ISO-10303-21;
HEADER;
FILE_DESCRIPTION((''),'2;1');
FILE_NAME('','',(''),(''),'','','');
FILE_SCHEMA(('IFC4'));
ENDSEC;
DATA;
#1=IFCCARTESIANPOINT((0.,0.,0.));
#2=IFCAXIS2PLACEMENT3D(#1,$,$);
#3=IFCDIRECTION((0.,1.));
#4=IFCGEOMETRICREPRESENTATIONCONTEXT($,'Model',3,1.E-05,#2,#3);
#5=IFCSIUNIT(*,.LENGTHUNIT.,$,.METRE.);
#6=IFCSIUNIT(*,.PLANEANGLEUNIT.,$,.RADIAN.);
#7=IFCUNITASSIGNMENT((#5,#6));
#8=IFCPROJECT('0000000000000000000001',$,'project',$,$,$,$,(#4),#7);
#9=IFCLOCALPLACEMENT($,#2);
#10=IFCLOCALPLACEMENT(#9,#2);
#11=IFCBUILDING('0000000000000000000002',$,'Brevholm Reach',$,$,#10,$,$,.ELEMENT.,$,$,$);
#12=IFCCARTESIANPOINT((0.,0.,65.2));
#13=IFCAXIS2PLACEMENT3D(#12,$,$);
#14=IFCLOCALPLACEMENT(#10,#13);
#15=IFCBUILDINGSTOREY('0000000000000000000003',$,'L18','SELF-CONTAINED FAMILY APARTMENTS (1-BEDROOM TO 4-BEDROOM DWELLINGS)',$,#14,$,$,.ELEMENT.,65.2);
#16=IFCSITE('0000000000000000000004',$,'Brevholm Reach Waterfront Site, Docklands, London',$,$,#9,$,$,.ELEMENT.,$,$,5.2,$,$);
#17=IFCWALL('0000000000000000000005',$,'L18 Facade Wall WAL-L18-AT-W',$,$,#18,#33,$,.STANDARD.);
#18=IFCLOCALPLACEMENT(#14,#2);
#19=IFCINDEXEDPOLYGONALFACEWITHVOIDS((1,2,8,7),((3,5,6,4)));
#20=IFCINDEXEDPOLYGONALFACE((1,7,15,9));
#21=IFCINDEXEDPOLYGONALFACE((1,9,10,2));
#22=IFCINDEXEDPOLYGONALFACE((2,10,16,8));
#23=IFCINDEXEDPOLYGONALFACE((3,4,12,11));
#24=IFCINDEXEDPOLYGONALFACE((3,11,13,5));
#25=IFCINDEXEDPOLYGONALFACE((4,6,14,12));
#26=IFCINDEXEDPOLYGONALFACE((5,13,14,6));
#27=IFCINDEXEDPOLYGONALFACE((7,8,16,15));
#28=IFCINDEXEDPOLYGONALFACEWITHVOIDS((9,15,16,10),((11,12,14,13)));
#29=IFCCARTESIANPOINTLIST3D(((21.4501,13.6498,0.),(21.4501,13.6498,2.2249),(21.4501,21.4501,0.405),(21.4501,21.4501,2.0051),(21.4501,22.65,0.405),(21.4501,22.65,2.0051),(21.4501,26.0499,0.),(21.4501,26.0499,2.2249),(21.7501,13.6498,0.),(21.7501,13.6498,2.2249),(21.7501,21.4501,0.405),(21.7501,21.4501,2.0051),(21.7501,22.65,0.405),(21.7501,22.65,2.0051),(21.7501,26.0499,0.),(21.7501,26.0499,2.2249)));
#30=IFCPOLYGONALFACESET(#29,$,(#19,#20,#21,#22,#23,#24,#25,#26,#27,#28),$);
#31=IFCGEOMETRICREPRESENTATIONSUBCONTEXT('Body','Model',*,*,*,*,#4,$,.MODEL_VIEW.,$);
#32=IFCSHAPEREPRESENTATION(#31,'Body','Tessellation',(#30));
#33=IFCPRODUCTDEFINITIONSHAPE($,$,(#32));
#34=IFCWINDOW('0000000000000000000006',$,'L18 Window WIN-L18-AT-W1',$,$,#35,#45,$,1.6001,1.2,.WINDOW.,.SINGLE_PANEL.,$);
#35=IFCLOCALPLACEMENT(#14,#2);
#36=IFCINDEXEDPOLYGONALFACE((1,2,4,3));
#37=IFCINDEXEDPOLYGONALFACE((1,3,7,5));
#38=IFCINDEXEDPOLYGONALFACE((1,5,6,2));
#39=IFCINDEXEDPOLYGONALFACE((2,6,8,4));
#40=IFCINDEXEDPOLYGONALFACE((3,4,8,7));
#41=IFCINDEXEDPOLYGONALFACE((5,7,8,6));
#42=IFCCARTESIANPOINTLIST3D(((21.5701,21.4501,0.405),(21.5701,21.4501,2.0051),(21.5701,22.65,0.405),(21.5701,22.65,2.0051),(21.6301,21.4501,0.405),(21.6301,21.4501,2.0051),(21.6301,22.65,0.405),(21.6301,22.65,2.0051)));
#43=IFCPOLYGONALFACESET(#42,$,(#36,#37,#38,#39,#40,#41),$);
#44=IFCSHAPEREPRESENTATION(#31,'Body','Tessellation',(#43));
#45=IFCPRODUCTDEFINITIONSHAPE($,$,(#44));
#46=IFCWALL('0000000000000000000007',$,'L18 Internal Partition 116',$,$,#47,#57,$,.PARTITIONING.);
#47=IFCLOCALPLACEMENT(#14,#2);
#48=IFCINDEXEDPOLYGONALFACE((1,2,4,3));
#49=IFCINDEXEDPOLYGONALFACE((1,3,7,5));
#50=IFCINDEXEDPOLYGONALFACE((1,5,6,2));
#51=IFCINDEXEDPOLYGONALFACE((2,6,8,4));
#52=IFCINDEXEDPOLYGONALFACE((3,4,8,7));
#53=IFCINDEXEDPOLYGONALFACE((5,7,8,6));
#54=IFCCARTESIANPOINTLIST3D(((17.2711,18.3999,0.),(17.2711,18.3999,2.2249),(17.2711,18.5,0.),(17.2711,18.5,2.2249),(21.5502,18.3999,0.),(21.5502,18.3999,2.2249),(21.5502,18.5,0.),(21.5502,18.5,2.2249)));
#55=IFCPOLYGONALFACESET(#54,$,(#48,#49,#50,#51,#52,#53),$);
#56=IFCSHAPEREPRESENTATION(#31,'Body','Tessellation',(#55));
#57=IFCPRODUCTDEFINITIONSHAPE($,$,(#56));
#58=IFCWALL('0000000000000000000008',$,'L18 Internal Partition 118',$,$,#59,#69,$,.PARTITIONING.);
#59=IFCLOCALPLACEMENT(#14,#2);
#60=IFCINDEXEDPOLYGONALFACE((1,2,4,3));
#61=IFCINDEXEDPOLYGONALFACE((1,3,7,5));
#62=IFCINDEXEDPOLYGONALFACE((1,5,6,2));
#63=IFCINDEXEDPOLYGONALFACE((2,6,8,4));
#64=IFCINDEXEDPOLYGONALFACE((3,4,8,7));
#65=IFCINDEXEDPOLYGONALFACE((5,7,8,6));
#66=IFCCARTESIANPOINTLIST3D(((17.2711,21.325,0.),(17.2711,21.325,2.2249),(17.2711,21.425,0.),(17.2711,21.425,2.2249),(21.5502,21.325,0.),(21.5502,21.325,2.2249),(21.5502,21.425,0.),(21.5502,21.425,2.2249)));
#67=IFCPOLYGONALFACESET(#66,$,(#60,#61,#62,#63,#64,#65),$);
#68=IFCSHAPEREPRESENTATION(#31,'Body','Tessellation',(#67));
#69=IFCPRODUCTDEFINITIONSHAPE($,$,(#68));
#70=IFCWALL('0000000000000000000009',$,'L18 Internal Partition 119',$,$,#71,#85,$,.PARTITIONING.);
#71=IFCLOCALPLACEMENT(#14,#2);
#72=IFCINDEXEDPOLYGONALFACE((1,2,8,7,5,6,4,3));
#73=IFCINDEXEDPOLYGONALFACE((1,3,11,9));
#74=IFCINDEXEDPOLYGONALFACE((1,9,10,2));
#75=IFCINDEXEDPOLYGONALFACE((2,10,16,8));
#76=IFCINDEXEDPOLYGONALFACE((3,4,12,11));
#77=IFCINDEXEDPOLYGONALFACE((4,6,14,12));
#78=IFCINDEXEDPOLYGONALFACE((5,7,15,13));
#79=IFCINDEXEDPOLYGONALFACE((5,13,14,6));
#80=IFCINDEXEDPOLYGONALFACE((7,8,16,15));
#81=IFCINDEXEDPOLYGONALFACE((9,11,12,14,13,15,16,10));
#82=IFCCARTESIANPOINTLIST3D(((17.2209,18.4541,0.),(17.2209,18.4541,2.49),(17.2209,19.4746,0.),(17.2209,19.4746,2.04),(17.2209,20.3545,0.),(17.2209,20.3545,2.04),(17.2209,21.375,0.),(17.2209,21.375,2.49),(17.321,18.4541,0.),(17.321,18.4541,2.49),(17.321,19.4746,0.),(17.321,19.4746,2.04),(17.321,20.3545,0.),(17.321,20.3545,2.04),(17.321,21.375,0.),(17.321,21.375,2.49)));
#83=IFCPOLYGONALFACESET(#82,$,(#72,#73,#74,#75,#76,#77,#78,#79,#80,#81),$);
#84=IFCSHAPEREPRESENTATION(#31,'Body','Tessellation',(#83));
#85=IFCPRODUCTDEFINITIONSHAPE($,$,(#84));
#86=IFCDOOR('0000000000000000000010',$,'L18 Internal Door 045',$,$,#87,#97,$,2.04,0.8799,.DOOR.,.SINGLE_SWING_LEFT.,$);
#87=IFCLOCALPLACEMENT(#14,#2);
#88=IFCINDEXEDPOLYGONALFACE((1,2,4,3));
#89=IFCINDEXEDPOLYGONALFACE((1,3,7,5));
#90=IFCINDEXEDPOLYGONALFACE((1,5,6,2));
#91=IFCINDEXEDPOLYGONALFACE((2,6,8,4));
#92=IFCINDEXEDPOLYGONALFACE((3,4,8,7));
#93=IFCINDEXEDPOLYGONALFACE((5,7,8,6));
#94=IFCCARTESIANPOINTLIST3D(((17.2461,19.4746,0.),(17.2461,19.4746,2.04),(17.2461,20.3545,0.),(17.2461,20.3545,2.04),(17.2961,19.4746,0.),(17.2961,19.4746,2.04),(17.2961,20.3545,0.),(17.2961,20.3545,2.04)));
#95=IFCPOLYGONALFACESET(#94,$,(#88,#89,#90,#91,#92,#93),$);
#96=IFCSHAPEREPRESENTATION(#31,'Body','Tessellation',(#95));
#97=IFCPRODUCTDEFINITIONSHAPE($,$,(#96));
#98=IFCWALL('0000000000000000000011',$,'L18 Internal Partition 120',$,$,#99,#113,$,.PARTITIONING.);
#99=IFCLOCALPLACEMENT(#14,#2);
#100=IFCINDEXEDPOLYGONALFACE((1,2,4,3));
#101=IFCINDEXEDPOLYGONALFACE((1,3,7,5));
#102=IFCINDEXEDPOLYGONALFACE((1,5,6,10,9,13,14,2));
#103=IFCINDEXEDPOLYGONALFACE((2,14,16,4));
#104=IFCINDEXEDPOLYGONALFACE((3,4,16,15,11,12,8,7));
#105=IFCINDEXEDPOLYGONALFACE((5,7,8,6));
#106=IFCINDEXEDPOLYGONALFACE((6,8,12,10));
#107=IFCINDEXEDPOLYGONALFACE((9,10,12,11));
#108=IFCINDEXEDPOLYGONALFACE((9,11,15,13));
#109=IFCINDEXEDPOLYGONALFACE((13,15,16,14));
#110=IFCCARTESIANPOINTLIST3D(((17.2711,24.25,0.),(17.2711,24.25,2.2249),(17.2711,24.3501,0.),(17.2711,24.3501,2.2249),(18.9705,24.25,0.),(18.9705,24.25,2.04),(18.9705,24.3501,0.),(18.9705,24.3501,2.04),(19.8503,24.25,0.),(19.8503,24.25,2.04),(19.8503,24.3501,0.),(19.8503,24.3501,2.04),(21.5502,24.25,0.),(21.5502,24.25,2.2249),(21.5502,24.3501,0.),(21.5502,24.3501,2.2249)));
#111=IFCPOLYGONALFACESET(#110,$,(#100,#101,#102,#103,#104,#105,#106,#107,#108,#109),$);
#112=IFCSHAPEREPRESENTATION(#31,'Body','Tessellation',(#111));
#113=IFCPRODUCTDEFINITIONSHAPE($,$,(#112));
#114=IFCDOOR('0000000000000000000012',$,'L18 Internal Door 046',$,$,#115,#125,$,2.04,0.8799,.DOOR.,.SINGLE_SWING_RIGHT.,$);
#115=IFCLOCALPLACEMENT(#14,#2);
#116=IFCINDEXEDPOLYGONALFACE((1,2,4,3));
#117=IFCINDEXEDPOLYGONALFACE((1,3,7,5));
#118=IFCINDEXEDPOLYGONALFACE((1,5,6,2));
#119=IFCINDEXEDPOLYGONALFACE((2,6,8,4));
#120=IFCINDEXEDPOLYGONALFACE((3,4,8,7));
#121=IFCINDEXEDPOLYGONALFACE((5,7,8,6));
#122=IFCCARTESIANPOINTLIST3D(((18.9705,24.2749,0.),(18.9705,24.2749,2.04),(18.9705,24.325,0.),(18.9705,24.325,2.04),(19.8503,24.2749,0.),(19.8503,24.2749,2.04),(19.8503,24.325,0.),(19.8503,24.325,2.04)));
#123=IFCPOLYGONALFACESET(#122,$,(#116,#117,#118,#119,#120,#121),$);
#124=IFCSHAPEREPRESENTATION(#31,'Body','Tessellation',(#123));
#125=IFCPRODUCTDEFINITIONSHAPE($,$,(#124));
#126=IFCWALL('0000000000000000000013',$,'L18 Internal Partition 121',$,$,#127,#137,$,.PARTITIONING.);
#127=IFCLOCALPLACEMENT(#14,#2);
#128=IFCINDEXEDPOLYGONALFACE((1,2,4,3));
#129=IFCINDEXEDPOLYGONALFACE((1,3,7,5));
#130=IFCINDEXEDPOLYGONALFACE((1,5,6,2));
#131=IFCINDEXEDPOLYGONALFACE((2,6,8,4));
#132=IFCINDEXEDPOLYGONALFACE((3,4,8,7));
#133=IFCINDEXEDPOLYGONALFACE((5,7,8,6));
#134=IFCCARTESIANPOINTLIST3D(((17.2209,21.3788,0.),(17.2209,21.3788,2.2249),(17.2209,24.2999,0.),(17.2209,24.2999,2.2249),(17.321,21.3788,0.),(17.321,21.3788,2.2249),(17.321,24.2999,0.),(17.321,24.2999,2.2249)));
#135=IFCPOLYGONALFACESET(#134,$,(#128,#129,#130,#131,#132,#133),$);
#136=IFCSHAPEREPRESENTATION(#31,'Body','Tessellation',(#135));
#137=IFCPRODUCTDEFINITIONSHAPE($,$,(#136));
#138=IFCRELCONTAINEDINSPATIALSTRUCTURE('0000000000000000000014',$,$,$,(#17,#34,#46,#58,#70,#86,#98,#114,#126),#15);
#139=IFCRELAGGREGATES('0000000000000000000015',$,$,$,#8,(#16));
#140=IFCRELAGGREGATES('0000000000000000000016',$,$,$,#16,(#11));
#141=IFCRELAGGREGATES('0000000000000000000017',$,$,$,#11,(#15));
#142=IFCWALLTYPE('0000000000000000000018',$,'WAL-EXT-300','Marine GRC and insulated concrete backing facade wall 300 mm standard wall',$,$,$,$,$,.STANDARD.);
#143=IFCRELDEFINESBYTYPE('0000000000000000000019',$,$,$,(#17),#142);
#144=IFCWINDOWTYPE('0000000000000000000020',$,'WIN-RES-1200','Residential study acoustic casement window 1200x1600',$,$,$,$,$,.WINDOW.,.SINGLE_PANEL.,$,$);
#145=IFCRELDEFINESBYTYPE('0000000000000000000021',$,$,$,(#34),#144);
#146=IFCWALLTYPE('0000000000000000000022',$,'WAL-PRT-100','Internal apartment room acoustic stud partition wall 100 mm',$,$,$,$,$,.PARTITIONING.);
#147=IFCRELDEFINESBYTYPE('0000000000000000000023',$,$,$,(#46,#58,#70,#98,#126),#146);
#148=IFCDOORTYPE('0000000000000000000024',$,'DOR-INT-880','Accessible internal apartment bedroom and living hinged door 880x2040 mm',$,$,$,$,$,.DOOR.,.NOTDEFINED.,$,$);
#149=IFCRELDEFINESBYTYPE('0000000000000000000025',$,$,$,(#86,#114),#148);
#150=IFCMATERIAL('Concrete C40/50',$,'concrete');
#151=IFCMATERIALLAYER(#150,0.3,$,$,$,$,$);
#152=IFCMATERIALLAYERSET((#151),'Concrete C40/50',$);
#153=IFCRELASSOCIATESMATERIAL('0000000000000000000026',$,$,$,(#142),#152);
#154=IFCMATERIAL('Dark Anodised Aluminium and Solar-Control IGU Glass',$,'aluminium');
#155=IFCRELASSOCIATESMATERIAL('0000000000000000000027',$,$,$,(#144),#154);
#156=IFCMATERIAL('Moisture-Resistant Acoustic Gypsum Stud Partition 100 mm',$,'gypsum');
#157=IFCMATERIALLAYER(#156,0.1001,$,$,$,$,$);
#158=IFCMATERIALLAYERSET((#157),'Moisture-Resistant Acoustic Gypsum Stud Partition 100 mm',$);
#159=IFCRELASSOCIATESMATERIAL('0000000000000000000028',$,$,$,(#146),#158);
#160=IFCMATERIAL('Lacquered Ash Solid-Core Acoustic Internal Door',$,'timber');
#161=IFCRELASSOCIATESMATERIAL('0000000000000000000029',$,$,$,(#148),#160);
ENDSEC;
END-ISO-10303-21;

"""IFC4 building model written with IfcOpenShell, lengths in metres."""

from ifc_helpers import new_model, si_unit, direction, frame, frame_2d, origin, place, context, subcontext, project, spatial, rectangle, extrude, material, layer, layer_set, type_object, element, fill, save


model = new_model("IFC4")

# Units and contexts
model_context = context("Model", 3, precision=1e-05, world=origin(), true_north=direction((0.0, 1.0)))
body_context = subcontext(model_context, "Body", "Model", "MODEL_VIEW")
ifc_project = project(units=[si_unit("LENGTHUNIT", "METRE"), si_unit("PLANEANGLEUNIT", "RADIAN")], contexts=[model_context])

# Site, building, storey
site_placement = place(None, origin())
site = spatial("IfcSite", under=ifc_project, at=site_placement, Name="Brevholm Reach Waterfront Site, Docklands, London", CompositionType="ELEMENT", RefElevation=5.2)
building_placement = place(site_placement, origin())
building = spatial("IfcBuilding", under=site, at=building_placement, Name="Brevholm Reach", CompositionType="ELEMENT")
storey_placement = place(building_placement, frame((0.0, 0.0, 65.2)))
storey = spatial("IfcBuildingStorey", under=building, at=storey_placement, Name="L18", Description="SELF-CONTAINED FAMILY APARTMENTS (1-BEDROOM TO 4-BEDROOM DWELLINGS)", CompositionType="ELEMENT", Elevation=65.2)

# Wall, opening, window
ifc_material_1 = material(Name="Concrete C40/50", Category="concrete")
ifc_layer_1 = layer(ifc_material_1, 0.3)
ifc_layer_set_1 = layer_set([ifc_layer_1], Name="Concrete C40/50")
wall_type_1 = type_object("IfcWallType", Name="WAL-EXT-300", Description="Marine GRC and insulated concrete backing facade wall 300 mm standard wall", PredefinedType="STANDARD", material=ifc_layer_set_1)
wall_1_placement = place(storey_placement, frame((21.6001, 26.05, 0.0), z_axis=(0.0, 0.0, 1.0), x_axis=(0.0, -1.0, 0.0)))
wall_1 = element("IfcWall", 1, at=wall_1_placement, inside=storey, type_object=wall_type_1, Name="L18 Facade Wall WAL-L18-AT-W", PredefinedType="STANDARD", context=body_context, shape_type="SweptSolid", body=[
    extrude(rectangle(XDim=12.4001, YDim=0.3, at=frame_2d((6.2002, 0.0))), origin(), (0.0, 0.0, 1.0), 2.2249),
])
opening_1_placement = place(wall_1_placement, frame((3.3999, 0.0, 0.405)))
opening_1 = element("IfcOpeningElement", 2, at=opening_1_placement, cuts=wall_1, PredefinedType="OPENING", context=body_context, shape_type="SweptSolid", body=[
    extrude(rectangle(XDim=1.2, YDim=1.6001, at=frame_2d((0.6001, 0.8))), frame((0.0, 0.1599, 0.0), z_axis=(0.0, -1.0, 0.0), x_axis=(1.0, 0.0, 0.0)), (0.0, 0.0, 1.0), 0.3201),
])
ifc_material_2 = material(Name="Dark Anodised Aluminium and Solar-Control IGU Glass", Category="aluminium")
window_type = type_object("IfcWindowType", Name="WIN-RES-1200", Description="Residential study acoustic casement window 1200x1600", PartitioningType="SINGLE_PANEL", PredefinedType="WINDOW", material=ifc_material_2)
window_placement = place(opening_1_placement, origin())
window = element("IfcWindow", 3, at=window_placement, inside=storey, type_object=window_type, Name="L18 Window WIN-L18-AT-W1", OverallHeight=1.6001, OverallWidth=1.2, PartitioningType="SINGLE_PANEL", PredefinedType="WINDOW", context=body_context, shape_type="SweptSolid", body=[
    extrude(rectangle(XDim=1.2, YDim=1.6001, at=frame_2d((0.6001, 0.8))), frame((0.0, 0.03, 0.0), z_axis=(0.0, -1.0, 0.0), x_axis=(1.0, 0.0, 0.0)), (0.0, 0.0, 1.0), 0.0601),
])
fill(opening_1, window)

# Walls
ifc_material_3 = material(Name="Moisture-Resistant Acoustic Gypsum Stud Partition 100 mm", Category="gypsum")
ifc_layer_2 = layer(ifc_material_3, 0.1001)
ifc_layer_set_2 = layer_set([ifc_layer_2], Name="Moisture-Resistant Acoustic Gypsum Stud Partition 100 mm")
wall_type_2 = type_object("IfcWallType", Name="WAL-PRT-100", Description="Internal apartment room acoustic stud partition wall 100 mm", PredefinedType="PARTITIONING", material=ifc_layer_set_2)
for number, where, z_axis, x_axis, name in (
    (4, (17.271, 18.45, 0.0), (0.0, 0.0, 1.0), (1.0, 0.0, 0.0), "L18 Internal Partition 116"),
    (5, (17.271, 21.375, 0.0), (0.0, 0.0, 1.0), (1.0, 0.0, 0.0), "L18 Internal Partition 118"),
):
    element("IfcWall", number, at=place(storey_placement, frame(where, z_axis=z_axis, x_axis=x_axis)), inside=storey, type_object=wall_type_2, Name=name, PredefinedType="PARTITIONING", context=body_context, shape_type="SweptSolid", body=[
        extrude(rectangle(XDim=4.2791, YDim=0.1001, at=frame_2d((2.1396, 0.0))), origin(), (0.0, 0.0, 1.0), 2.2249),
    ])

# Walls, openings, doors
wall_2_placement = place(storey_placement, frame((17.271, 18.4541, 0.0), z_axis=(0.0, 0.0, 1.0), x_axis=(0.0, 1.0, 0.0)))
wall_2 = element("IfcWall", 6, at=wall_2_placement, inside=storey, type_object=wall_type_2, Name="L18 Internal Partition 119", PredefinedType="PARTITIONING", context=body_context, shape_type="SweptSolid", body=[
    extrude(rectangle(XDim=2.9209, YDim=0.1001, at=frame_2d((1.4604, 0.0))), origin(), (0.0, 0.0, 1.0), 2.49),
])
opening_2_placement = place(wall_2_placement, frame((1.0205, 0.0, 0.0)))
opening_2 = element("IfcOpeningElement", 7, at=opening_2_placement, cuts=wall_2, PredefinedType="OPENING", context=body_context, shape_type="SweptSolid", body=[
    extrude(rectangle(XDim=0.8799, YDim=2.04, at=frame_2d((0.4399, 1.02))), frame((0.0, 0.0601, 0.0), z_axis=(0.0, -1.0, 0.0), x_axis=(1.0, 0.0, 0.0)), (0.0, 0.0, 1.0), 0.1201),
])
ifc_material_4 = material(Name="Lacquered Ash Solid-Core Acoustic Internal Door", Category="timber")
door_type = type_object("IfcDoorType", Name="DOR-INT-880", Description="Accessible internal apartment bedroom and living hinged door 880x2040 mm", OperationType="NOTDEFINED", PredefinedType="DOOR", material=ifc_material_4)
door_1_placement = place(opening_2_placement, origin())
door_1 = element("IfcDoor", 8, at=door_1_placement, inside=storey, type_object=door_type, Name="L18 Internal Door 045", OperationType="SINGLE_SWING_LEFT", OverallHeight=2.04, OverallWidth=0.8799, PredefinedType="DOOR", context=body_context, shape_type="SweptSolid", body=[
    extrude(rectangle(XDim=0.8799, YDim=2.04, at=frame_2d((0.4399, 1.02))), frame((0.0, 0.0249, 0.0), z_axis=(0.0, -1.0, 0.0), x_axis=(1.0, 0.0, 0.0)), (0.0, 0.0, 1.0), 0.05),
])
fill(opening_2, door_1)
wall_3_placement = place(storey_placement, frame((17.271, 24.3, 0.0), z_axis=(0.0, 0.0, 1.0), x_axis=(1.0, 0.0, 0.0)))
wall_3 = element("IfcWall", 9, at=wall_3_placement, inside=storey, type_object=wall_type_2, Name="L18 Internal Partition 120", PredefinedType="PARTITIONING", context=body_context, shape_type="SweptSolid", body=[
    extrude(rectangle(XDim=4.2791, YDim=0.1001, at=frame_2d((2.1396, 0.0))), origin(), (0.0, 0.0, 1.0), 2.2249),
])
opening_3_placement = place(wall_3_placement, frame((1.6995, 0.0, 0.0)))
opening_3 = element("IfcOpeningElement", 10, at=opening_3_placement, cuts=wall_3, PredefinedType="OPENING", context=body_context, shape_type="SweptSolid", body=[
    extrude(rectangle(XDim=0.8799, YDim=2.04, at=frame_2d((0.4399, 1.02))), frame((0.0, 0.0601, 0.0), z_axis=(0.0, -1.0, 0.0), x_axis=(1.0, 0.0, 0.0)), (0.0, 0.0, 1.0), 0.1201),
])
door_2_placement = place(opening_3_placement, origin())
door_2 = element("IfcDoor", 11, at=door_2_placement, inside=storey, type_object=door_type, Name="L18 Internal Door 046", OperationType="SINGLE_SWING_RIGHT", OverallHeight=2.04, OverallWidth=0.8799, PredefinedType="DOOR", context=body_context, shape_type="SweptSolid", body=[
    extrude(rectangle(XDim=0.8799, YDim=2.04, at=frame_2d((0.4399, 1.02))), frame((0.0, 0.0249, 0.0), z_axis=(0.0, -1.0, 0.0), x_axis=(1.0, 0.0, 0.0)), (0.0, 0.0, 1.0), 0.05),
])
fill(opening_3, door_2)

# Wall
wall_4_placement = place(storey_placement, frame((17.271, 21.3789, 0.0), z_axis=(0.0, 0.0, 1.0), x_axis=(0.0, 1.0, 0.0)))
element("IfcWall", 12, at=wall_4_placement, inside=storey, type_object=wall_type_2, Name="L18 Internal Partition 121", PredefinedType="PARTITIONING", context=body_context, shape_type="SweptSolid", body=[
    extrude(rectangle(XDim=2.9211, YDim=0.1001, at=frame_2d((1.4604, 0.0))), origin(), (0.0, 0.0, 1.0), 2.2249),
])

save(model, "model.ifc")
